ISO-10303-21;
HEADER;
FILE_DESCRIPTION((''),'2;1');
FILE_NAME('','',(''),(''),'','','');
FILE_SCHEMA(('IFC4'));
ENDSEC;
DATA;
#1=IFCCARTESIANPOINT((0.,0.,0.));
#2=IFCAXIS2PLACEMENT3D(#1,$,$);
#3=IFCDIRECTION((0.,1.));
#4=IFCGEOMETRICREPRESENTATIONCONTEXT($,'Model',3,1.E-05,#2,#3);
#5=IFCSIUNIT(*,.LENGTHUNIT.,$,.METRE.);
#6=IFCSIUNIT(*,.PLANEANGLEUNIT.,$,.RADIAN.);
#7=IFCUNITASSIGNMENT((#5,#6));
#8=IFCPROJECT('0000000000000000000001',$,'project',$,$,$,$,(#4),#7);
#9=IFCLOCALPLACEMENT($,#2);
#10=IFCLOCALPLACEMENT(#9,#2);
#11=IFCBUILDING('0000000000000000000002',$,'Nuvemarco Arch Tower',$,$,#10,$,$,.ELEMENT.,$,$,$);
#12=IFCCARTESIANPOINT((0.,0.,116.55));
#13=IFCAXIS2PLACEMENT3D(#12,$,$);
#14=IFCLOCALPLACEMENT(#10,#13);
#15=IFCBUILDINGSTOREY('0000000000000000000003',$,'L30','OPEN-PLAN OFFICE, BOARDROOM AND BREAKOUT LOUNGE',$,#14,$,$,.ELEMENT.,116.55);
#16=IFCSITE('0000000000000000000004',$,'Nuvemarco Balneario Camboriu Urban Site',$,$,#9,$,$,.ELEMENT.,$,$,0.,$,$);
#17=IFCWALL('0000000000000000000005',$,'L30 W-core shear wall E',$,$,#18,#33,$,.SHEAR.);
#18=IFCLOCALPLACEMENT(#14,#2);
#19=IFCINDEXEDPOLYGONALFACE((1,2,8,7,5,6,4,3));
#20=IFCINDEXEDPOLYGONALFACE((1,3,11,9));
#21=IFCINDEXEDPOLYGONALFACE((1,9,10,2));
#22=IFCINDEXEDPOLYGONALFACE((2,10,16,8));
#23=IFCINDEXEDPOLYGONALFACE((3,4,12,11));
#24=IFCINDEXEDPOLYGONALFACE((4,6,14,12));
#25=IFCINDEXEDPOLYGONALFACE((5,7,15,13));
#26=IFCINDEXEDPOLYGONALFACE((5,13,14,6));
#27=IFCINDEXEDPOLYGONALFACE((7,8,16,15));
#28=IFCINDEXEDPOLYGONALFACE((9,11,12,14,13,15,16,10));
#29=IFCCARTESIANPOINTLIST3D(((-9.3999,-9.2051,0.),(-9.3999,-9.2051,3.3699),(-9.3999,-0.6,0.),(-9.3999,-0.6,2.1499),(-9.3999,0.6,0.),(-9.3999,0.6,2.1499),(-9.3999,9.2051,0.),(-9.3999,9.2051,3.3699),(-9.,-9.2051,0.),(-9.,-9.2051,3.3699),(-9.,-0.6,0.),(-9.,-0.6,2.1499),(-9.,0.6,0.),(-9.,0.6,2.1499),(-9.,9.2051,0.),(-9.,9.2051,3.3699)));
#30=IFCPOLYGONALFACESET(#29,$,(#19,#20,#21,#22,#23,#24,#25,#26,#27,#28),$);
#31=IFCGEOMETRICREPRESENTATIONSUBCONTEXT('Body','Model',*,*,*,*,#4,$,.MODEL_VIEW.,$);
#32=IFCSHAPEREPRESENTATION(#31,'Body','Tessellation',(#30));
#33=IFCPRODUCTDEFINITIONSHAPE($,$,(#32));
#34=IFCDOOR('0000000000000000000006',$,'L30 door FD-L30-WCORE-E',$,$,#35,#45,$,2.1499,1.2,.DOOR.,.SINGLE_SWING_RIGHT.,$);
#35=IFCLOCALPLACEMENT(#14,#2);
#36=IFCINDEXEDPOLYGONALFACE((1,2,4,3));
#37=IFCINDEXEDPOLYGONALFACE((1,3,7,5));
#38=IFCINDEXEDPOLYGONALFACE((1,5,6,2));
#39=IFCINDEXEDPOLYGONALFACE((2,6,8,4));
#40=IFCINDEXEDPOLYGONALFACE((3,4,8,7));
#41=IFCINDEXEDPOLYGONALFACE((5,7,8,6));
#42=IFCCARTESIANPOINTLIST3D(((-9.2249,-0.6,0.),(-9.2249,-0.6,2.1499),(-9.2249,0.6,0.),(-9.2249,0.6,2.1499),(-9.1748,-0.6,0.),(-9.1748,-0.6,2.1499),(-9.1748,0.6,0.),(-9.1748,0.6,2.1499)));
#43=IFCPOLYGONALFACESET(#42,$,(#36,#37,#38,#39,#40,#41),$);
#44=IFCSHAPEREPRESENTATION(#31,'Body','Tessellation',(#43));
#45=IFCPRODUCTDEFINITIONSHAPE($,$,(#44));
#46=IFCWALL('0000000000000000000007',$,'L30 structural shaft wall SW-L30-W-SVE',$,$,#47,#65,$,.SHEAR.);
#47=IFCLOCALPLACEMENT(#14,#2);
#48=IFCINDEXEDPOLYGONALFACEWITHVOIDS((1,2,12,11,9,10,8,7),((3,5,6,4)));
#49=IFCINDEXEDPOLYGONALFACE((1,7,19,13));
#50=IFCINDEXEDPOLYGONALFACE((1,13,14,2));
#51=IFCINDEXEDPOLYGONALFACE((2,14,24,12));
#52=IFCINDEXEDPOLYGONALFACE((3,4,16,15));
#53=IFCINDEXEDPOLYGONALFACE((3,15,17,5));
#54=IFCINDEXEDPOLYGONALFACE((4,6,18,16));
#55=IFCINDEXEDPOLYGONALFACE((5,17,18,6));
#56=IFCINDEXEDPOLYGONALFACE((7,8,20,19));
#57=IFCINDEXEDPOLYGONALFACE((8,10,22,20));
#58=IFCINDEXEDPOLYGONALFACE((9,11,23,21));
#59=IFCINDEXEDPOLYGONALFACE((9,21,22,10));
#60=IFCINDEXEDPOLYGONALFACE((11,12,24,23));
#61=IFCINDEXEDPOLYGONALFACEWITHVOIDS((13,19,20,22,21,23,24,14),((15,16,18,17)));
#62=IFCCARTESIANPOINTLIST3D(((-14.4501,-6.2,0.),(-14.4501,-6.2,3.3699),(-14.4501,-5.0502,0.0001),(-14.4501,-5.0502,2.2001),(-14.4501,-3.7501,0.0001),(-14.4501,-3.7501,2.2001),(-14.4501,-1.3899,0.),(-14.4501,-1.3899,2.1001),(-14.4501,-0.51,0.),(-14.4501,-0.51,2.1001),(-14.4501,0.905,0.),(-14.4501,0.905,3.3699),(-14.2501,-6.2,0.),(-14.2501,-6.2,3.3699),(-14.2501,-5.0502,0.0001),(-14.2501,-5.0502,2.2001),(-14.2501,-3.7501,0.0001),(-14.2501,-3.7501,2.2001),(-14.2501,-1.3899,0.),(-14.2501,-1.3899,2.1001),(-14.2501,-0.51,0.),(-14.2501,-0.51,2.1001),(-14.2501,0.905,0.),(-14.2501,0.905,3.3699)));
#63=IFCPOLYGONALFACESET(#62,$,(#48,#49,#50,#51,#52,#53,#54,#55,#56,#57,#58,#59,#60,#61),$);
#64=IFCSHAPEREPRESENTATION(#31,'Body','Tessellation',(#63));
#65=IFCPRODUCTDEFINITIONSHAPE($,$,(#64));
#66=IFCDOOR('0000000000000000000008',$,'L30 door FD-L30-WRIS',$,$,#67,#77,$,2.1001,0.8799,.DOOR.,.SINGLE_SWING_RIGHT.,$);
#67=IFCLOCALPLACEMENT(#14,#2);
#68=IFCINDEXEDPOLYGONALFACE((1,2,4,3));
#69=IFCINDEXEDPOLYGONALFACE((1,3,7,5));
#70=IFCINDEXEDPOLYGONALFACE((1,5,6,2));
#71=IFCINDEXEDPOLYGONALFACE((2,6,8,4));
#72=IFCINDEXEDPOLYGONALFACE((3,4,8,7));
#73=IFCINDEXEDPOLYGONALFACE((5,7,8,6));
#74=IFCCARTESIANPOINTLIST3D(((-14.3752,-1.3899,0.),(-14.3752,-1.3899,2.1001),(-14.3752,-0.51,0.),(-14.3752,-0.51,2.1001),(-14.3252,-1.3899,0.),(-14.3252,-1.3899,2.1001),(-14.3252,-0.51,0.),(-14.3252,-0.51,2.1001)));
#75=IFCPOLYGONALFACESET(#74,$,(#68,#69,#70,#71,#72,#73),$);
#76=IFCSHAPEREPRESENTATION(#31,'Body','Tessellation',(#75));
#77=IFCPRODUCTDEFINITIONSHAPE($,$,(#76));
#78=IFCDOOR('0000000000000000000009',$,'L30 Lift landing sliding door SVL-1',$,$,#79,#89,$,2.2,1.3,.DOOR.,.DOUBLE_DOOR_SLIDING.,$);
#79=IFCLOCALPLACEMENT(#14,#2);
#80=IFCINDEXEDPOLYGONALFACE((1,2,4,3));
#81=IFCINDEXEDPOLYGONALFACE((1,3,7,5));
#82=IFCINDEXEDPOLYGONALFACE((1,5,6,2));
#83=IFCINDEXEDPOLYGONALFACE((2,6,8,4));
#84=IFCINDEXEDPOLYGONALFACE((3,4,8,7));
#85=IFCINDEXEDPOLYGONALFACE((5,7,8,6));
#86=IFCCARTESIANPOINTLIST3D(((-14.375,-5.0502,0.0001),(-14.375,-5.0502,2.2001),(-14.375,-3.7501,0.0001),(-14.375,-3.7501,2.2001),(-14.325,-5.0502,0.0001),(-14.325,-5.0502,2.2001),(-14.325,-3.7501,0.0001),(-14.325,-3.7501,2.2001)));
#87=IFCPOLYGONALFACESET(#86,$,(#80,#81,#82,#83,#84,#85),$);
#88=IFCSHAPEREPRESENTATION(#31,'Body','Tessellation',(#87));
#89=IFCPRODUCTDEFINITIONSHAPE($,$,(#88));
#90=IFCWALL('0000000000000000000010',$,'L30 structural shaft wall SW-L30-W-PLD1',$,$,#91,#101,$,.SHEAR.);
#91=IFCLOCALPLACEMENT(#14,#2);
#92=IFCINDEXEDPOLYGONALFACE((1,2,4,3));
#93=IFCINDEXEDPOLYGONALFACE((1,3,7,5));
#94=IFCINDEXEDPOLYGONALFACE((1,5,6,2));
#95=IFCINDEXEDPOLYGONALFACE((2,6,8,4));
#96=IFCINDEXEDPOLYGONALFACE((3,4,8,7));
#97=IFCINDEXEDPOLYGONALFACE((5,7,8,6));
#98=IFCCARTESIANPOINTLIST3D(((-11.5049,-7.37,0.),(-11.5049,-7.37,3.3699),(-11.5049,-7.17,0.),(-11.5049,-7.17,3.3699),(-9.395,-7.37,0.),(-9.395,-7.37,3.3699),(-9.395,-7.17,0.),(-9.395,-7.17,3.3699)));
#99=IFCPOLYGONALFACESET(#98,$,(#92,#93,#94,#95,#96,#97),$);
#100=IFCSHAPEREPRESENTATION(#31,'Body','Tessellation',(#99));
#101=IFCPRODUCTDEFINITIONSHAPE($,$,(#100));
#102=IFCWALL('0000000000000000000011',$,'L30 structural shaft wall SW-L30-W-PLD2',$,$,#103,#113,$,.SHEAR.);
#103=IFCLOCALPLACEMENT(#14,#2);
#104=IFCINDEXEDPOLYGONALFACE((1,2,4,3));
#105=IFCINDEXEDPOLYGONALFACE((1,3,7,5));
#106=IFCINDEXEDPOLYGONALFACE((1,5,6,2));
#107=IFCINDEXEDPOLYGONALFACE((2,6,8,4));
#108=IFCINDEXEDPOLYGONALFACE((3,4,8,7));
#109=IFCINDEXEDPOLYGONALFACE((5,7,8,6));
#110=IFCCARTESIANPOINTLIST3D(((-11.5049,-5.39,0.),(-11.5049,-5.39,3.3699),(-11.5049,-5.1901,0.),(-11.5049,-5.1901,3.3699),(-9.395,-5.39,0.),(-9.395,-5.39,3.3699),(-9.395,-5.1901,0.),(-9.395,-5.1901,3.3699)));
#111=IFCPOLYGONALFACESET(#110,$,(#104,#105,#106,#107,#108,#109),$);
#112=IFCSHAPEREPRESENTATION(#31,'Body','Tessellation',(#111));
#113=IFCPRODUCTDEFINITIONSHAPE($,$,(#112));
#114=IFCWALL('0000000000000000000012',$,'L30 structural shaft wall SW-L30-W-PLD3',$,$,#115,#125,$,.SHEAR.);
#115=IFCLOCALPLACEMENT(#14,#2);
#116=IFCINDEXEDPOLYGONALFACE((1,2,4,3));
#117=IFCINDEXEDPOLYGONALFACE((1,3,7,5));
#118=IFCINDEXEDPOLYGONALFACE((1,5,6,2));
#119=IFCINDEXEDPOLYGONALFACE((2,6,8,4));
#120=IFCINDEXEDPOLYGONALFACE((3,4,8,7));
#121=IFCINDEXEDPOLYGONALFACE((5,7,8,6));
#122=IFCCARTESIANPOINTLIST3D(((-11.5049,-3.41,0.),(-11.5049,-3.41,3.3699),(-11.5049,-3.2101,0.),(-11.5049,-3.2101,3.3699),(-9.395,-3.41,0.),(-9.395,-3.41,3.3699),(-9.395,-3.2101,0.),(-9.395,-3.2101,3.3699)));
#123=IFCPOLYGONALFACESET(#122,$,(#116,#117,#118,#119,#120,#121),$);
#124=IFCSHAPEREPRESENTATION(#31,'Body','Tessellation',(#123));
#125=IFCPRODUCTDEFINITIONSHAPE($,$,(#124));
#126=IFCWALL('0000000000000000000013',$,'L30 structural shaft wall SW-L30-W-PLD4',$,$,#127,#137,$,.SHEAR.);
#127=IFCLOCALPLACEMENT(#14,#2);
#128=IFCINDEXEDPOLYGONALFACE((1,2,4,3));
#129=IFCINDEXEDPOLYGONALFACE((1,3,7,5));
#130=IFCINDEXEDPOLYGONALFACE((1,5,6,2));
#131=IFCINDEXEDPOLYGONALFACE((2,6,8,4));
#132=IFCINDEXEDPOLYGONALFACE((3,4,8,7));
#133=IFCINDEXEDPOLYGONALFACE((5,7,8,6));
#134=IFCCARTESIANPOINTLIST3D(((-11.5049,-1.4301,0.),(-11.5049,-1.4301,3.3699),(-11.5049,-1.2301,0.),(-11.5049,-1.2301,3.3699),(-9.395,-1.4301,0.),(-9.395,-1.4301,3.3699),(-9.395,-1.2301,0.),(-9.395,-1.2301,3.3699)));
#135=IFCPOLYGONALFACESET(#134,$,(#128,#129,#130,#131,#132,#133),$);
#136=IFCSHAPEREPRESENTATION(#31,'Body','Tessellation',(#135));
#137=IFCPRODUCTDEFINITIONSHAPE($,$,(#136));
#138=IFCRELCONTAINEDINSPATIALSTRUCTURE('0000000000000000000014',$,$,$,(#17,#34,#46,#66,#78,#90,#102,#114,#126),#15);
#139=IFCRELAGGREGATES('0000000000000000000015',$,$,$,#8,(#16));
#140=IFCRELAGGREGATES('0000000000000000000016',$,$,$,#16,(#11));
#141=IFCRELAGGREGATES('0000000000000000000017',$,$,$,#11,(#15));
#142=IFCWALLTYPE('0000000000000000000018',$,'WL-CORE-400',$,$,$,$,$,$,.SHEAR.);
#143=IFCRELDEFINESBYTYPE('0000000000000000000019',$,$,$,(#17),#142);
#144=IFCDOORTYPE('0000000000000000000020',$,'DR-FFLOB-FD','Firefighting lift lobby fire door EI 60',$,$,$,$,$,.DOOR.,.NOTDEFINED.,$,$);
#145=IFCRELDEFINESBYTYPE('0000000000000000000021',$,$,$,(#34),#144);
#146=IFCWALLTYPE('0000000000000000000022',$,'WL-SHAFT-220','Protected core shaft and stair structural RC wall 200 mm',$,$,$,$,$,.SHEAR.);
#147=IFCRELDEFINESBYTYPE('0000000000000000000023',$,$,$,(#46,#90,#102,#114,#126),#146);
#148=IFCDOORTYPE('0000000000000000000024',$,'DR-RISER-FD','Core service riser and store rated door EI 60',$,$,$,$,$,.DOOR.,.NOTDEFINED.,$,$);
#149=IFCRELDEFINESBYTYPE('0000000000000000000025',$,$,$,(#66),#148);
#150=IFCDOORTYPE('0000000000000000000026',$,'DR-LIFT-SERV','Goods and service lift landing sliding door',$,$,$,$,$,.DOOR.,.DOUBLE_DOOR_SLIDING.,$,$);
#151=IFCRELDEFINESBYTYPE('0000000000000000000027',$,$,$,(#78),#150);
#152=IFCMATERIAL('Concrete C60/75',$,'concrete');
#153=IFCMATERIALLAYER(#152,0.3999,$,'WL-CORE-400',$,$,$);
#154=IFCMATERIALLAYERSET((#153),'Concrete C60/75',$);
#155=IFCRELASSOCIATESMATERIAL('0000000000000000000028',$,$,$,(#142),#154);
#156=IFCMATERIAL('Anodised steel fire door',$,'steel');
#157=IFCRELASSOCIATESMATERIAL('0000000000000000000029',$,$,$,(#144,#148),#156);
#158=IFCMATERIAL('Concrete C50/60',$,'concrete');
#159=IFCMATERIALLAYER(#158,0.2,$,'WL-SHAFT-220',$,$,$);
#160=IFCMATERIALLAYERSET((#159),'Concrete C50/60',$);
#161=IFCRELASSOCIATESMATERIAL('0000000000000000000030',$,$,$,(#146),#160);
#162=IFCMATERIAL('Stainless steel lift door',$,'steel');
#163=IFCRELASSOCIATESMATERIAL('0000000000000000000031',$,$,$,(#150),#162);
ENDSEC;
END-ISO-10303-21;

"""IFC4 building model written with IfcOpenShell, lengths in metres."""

from ifc_helpers import new_model, si_unit, direction, frame, frame_2d, origin, place, context, subcontext, project, spatial, rectangle, extrude, source, transform, mapped, material, layer, layer_set, type_object, type_shapes, element, fill, save


model = new_model("IFC4")

# Units and contexts
model_context = context("Model", 3, precision=1e-05, world=origin(), true_north=direction((0.0, 1.0)))
body_context = subcontext(model_context, "Body", "Model", "MODEL_VIEW")
ifc_project = project(units=[si_unit("LENGTHUNIT", "METRE"), si_unit("PLANEANGLEUNIT", "RADIAN")], contexts=[model_context])

# Site, building, storey
site_placement = place(None, origin())
site = spatial("IfcSite", under=ifc_project, at=site_placement, Name="Nuvemarco Balneario Camboriu Urban Site", CompositionType="ELEMENT", RefElevation=0.0)
building_placement = place(site_placement, origin())
building = spatial("IfcBuilding", under=site, at=building_placement, Name="Nuvemarco Arch Tower", CompositionType="ELEMENT")
storey_placement = place(building_placement, frame((0.0, 0.0, 116.55)))
storey = spatial("IfcBuildingStorey", under=building, at=storey_placement, Name="L30", Description="OPEN-PLAN OFFICE, BOARDROOM AND BREAKOUT LOUNGE", CompositionType="ELEMENT", Elevation=116.55)

# Wall, opening, door
ifc_material_1 = material(Name="Concrete C60/75", Category="concrete")
ifc_layer_1 = layer(ifc_material_1, 0.3999, Name="WL-CORE-400")
ifc_layer_set_1 = layer_set([ifc_layer_1], Name="Concrete C60/75")
wall_type_1 = type_object("IfcWallType", Name="WL-CORE-400", PredefinedType="SHEAR", material=ifc_layer_set_1)
wall_1_placement = place(storey_placement, frame((-9.2, -9.2051, 0.0), z_axis=(0.0, 0.0, 1.0), x_axis=(0.0, 1.0, 0.0)))
wall_1 = element("IfcWall", 1, at=wall_1_placement, inside=storey, type_object=wall_type_1, Name="L30 W-core shear wall E", PredefinedType="SHEAR", context=body_context, shape_type="SweptSolid", body=[
    extrude(rectangle(XDim=18.4102, YDim=0.3999, at=frame_2d((9.2051, 0.0))), origin(), (0.0, 0.0, 1.0), 3.3699),
])
opening_1_placement = place(wall_1_placement, frame((8.605, 0.0, 0.0)))
opening_1 = element("IfcOpeningElement", 2, at=opening_1_placement, cuts=wall_1, PredefinedType="OPENING", context=body_context, shape_type="SweptSolid", body=[
    extrude(rectangle(XDim=1.2, YDim=2.1499, at=frame_2d((0.6001, 1.075))), frame((0.0, 0.21, 0.0), z_axis=(0.0, -1.0, 0.0), x_axis=(1.0, 0.0, 0.0)), (0.0, 0.0, 1.0), 0.4199),
])
ifc_material_2 = material(Name="Anodised steel fire door", Category="steel")
door_type_1 = type_object("IfcDoorType", Name="DR-FFLOB-FD", Description="Firefighting lift lobby fire door EI 60", OperationType="NOTDEFINED", PredefinedType="DOOR", material=ifc_material_2)
shared_shape_1 = source(origin(), body_context, "Body", "SweptSolid", [
    extrude(rectangle(XDim=1.2, YDim=2.1499, at=frame_2d((0.6001, 1.075))), frame((0.0, 0.0249, 0.0), z_axis=(0.0, -1.0, 0.0), x_axis=(1.0, 0.0, 0.0)), (0.0, 0.0, 1.0), 0.05),
])
type_shapes(door_type_1, [shared_shape_1])
door_1_placement = place(opening_1_placement, origin())
door_1 = element("IfcDoor", 3, at=door_1_placement, inside=storey, type_object=door_type_1, Name="L30 door FD-L30-WCORE-E", OperationType="SINGLE_SWING_RIGHT", OverallHeight=2.1499, OverallWidth=1.2, PredefinedType="DOOR", context=body_context, shape_type="MappedRepresentation", body=[
    mapped(shared_shape_1, transform((0.0, 0.0, 0.0), scale=1.0)),
])
fill(opening_1, door_1)
ifc_material_3 = material(Name="Concrete C50/60", Category="concrete")
ifc_layer_2 = layer(ifc_material_3, 0.2, Name="WL-SHAFT-220")
ifc_layer_set_2 = layer_set([ifc_layer_2], Name="Concrete C50/60")
wall_type_2 = type_object("IfcWallType", Name="WL-SHAFT-220", Description="Protected core shaft and stair structural RC wall 200 mm", PredefinedType="SHEAR", material=ifc_layer_set_2)
ifc_material_4 = material(Name="Stainless steel lift door", Category="steel")

# Wall, openings, doors
wall_2_placement = place(storey_placement, frame((-14.3501, -6.2, 0.0), z_axis=(0.0, 0.0, 1.0), x_axis=(0.0, 1.0, 0.0)))
wall_2 = element("IfcWall", 4, at=wall_2_placement, inside=storey, type_object=wall_type_2, Name="L30 structural shaft wall SW-L30-W-SVE", PredefinedType="SHEAR", context=body_context, shape_type="SweptSolid", body=[
    extrude(rectangle(XDim=7.105, YDim=0.2, at=frame_2d((3.5525, 0.0))), origin(), (0.0, 0.0, 1.0), 3.3699),
])
opening_2_placement = place(wall_2_placement, frame((5.6899, 0.0, 0.0), z_axis=(0.0, 0.0, 1.0), x_axis=(-1.0, 0.0, 0.0)))
opening_2 = element("IfcOpeningElement", 5, at=opening_2_placement, cuts=wall_2, PredefinedType="OPENING", context=body_context, shape_type="SweptSolid", body=[
    extrude(rectangle(XDim=0.8799, YDim=2.1001, at=frame_2d((0.4399, 1.05))), frame((0.0, 0.1099, 0.0), z_axis=(0.0, -1.0, 0.0), x_axis=(1.0, 0.0, 0.0)), (0.0, 0.0, 1.0), 0.22),
])
opening_3_placement = place(wall_2_placement, frame((1.1499, 0.0, 0.0)))
opening_3 = element("IfcOpeningElement", 6, at=opening_3_placement, cuts=wall_2, PredefinedType="OPENING", context=body_context, shape_type="SweptSolid", body=[
    extrude(rectangle(XDim=1.3, YDim=2.2, at=frame_2d((0.6499, 1.1001))), frame((0.0, 0.1099, 0.0), z_axis=(0.0, -1.0, 0.0), x_axis=(1.0, 0.0, 0.0)), (0.0, 0.0, 1.0), 0.22),
])
door_type_2 = type_object("IfcDoorType", Name="DR-RISER-FD", Description="Core service riser and store rated door EI 60", OperationType="NOTDEFINED", PredefinedType="DOOR", material=ifc_material_2)
shared_shape_2 = source(origin(), body_context, "Body", "SweptSolid", [
    extrude(rectangle(XDim=0.8799, YDim=2.1001, at=frame_2d((0.4399, 1.05))), frame((0.0, 0.0249, 0.0), z_axis=(0.0, -1.0, 0.0), x_axis=(1.0, 0.0, 0.0)), (0.0, 0.0, 1.0), 0.05),
])
type_shapes(door_type_2, [shared_shape_2])
door_2_placement = place(opening_2_placement, origin())
door_2 = element("IfcDoor", 7, at=door_2_placement, inside=storey, type_object=door_type_2, Name="L30 door FD-L30-WRIS", OperationType="SINGLE_SWING_RIGHT", OverallHeight=2.1001, OverallWidth=0.8799, PredefinedType="DOOR", context=body_context, shape_type="MappedRepresentation", body=[
    mapped(shared_shape_2, transform((0.0, 0.0, 0.0), scale=1.0)),
])
fill(opening_2, door_2)
door_type_3 = type_object("IfcDoorType", Name="DR-LIFT-SERV", Description="Goods and service lift landing sliding door", OperationType="DOUBLE_DOOR_SLIDING", PredefinedType="DOOR", material=ifc_material_4)
shared_shape_3 = source(origin(), body_context, "Body", "SweptSolid", [
    extrude(rectangle(XDim=1.3, YDim=2.2, at=frame_2d((0.6499, 1.1001))), frame((0.0, 0.0249, 0.0), z_axis=(0.0, -1.0, 0.0), x_axis=(1.0, 0.0, 0.0)), (0.0, 0.0, 1.0), 0.05),
])
type_shapes(door_type_3, [shared_shape_3])
door_3_placement = place(opening_3_placement, origin())
door_3 = element("IfcDoor", 8, at=door_3_placement, inside=storey, type_object=door_type_3, Name="L30 Lift landing sliding door SVL-1", OperationType="DOUBLE_DOOR_SLIDING", OverallHeight=2.2, OverallWidth=1.3, PredefinedType="DOOR", context=body_context, shape_type="MappedRepresentation", body=[
    mapped(shared_shape_3, transform((0.0, 0.0, 0.0), scale=1.0)),
])
fill(opening_3, door_3)

# Walls
for number, where, z_axis, x_axis, name in (
    (9, (-11.5049, -7.27, 0.0), (0.0, 0.0, 1.0), (1.0, 0.0, 0.0), "L30 structural shaft wall SW-L30-W-PLD1"),
    (10, (-11.5049, -5.29, 0.0), (0.0, 0.0, 1.0), (1.0, 0.0, 0.0), "L30 structural shaft wall SW-L30-W-PLD2"),
    (11, (-11.5049, -3.3101, 0.0), (0.0, 0.0, 1.0), (1.0, 0.0, 0.0), "L30 structural shaft wall SW-L30-W-PLD3"),
    (12, (-11.5049, -1.3301, 0.0), (0.0, 0.0, 1.0), (1.0, 0.0, 0.0), "L30 structural shaft wall SW-L30-W-PLD4"),
):
    element("IfcWall", number, at=place(storey_placement, frame(where, z_axis=z_axis, x_axis=x_axis)), inside=storey, type_object=wall_type_2, Name=name, PredefinedType="SHEAR", context=body_context, shape_type="SweptSolid", body=[
        extrude(rectangle(XDim=2.1099, YDim=0.2, at=frame_2d((1.0549, 0.0))), origin(), (0.0, 0.0, 1.0), 3.3699),
    ])

save(model, "model.ifc")
